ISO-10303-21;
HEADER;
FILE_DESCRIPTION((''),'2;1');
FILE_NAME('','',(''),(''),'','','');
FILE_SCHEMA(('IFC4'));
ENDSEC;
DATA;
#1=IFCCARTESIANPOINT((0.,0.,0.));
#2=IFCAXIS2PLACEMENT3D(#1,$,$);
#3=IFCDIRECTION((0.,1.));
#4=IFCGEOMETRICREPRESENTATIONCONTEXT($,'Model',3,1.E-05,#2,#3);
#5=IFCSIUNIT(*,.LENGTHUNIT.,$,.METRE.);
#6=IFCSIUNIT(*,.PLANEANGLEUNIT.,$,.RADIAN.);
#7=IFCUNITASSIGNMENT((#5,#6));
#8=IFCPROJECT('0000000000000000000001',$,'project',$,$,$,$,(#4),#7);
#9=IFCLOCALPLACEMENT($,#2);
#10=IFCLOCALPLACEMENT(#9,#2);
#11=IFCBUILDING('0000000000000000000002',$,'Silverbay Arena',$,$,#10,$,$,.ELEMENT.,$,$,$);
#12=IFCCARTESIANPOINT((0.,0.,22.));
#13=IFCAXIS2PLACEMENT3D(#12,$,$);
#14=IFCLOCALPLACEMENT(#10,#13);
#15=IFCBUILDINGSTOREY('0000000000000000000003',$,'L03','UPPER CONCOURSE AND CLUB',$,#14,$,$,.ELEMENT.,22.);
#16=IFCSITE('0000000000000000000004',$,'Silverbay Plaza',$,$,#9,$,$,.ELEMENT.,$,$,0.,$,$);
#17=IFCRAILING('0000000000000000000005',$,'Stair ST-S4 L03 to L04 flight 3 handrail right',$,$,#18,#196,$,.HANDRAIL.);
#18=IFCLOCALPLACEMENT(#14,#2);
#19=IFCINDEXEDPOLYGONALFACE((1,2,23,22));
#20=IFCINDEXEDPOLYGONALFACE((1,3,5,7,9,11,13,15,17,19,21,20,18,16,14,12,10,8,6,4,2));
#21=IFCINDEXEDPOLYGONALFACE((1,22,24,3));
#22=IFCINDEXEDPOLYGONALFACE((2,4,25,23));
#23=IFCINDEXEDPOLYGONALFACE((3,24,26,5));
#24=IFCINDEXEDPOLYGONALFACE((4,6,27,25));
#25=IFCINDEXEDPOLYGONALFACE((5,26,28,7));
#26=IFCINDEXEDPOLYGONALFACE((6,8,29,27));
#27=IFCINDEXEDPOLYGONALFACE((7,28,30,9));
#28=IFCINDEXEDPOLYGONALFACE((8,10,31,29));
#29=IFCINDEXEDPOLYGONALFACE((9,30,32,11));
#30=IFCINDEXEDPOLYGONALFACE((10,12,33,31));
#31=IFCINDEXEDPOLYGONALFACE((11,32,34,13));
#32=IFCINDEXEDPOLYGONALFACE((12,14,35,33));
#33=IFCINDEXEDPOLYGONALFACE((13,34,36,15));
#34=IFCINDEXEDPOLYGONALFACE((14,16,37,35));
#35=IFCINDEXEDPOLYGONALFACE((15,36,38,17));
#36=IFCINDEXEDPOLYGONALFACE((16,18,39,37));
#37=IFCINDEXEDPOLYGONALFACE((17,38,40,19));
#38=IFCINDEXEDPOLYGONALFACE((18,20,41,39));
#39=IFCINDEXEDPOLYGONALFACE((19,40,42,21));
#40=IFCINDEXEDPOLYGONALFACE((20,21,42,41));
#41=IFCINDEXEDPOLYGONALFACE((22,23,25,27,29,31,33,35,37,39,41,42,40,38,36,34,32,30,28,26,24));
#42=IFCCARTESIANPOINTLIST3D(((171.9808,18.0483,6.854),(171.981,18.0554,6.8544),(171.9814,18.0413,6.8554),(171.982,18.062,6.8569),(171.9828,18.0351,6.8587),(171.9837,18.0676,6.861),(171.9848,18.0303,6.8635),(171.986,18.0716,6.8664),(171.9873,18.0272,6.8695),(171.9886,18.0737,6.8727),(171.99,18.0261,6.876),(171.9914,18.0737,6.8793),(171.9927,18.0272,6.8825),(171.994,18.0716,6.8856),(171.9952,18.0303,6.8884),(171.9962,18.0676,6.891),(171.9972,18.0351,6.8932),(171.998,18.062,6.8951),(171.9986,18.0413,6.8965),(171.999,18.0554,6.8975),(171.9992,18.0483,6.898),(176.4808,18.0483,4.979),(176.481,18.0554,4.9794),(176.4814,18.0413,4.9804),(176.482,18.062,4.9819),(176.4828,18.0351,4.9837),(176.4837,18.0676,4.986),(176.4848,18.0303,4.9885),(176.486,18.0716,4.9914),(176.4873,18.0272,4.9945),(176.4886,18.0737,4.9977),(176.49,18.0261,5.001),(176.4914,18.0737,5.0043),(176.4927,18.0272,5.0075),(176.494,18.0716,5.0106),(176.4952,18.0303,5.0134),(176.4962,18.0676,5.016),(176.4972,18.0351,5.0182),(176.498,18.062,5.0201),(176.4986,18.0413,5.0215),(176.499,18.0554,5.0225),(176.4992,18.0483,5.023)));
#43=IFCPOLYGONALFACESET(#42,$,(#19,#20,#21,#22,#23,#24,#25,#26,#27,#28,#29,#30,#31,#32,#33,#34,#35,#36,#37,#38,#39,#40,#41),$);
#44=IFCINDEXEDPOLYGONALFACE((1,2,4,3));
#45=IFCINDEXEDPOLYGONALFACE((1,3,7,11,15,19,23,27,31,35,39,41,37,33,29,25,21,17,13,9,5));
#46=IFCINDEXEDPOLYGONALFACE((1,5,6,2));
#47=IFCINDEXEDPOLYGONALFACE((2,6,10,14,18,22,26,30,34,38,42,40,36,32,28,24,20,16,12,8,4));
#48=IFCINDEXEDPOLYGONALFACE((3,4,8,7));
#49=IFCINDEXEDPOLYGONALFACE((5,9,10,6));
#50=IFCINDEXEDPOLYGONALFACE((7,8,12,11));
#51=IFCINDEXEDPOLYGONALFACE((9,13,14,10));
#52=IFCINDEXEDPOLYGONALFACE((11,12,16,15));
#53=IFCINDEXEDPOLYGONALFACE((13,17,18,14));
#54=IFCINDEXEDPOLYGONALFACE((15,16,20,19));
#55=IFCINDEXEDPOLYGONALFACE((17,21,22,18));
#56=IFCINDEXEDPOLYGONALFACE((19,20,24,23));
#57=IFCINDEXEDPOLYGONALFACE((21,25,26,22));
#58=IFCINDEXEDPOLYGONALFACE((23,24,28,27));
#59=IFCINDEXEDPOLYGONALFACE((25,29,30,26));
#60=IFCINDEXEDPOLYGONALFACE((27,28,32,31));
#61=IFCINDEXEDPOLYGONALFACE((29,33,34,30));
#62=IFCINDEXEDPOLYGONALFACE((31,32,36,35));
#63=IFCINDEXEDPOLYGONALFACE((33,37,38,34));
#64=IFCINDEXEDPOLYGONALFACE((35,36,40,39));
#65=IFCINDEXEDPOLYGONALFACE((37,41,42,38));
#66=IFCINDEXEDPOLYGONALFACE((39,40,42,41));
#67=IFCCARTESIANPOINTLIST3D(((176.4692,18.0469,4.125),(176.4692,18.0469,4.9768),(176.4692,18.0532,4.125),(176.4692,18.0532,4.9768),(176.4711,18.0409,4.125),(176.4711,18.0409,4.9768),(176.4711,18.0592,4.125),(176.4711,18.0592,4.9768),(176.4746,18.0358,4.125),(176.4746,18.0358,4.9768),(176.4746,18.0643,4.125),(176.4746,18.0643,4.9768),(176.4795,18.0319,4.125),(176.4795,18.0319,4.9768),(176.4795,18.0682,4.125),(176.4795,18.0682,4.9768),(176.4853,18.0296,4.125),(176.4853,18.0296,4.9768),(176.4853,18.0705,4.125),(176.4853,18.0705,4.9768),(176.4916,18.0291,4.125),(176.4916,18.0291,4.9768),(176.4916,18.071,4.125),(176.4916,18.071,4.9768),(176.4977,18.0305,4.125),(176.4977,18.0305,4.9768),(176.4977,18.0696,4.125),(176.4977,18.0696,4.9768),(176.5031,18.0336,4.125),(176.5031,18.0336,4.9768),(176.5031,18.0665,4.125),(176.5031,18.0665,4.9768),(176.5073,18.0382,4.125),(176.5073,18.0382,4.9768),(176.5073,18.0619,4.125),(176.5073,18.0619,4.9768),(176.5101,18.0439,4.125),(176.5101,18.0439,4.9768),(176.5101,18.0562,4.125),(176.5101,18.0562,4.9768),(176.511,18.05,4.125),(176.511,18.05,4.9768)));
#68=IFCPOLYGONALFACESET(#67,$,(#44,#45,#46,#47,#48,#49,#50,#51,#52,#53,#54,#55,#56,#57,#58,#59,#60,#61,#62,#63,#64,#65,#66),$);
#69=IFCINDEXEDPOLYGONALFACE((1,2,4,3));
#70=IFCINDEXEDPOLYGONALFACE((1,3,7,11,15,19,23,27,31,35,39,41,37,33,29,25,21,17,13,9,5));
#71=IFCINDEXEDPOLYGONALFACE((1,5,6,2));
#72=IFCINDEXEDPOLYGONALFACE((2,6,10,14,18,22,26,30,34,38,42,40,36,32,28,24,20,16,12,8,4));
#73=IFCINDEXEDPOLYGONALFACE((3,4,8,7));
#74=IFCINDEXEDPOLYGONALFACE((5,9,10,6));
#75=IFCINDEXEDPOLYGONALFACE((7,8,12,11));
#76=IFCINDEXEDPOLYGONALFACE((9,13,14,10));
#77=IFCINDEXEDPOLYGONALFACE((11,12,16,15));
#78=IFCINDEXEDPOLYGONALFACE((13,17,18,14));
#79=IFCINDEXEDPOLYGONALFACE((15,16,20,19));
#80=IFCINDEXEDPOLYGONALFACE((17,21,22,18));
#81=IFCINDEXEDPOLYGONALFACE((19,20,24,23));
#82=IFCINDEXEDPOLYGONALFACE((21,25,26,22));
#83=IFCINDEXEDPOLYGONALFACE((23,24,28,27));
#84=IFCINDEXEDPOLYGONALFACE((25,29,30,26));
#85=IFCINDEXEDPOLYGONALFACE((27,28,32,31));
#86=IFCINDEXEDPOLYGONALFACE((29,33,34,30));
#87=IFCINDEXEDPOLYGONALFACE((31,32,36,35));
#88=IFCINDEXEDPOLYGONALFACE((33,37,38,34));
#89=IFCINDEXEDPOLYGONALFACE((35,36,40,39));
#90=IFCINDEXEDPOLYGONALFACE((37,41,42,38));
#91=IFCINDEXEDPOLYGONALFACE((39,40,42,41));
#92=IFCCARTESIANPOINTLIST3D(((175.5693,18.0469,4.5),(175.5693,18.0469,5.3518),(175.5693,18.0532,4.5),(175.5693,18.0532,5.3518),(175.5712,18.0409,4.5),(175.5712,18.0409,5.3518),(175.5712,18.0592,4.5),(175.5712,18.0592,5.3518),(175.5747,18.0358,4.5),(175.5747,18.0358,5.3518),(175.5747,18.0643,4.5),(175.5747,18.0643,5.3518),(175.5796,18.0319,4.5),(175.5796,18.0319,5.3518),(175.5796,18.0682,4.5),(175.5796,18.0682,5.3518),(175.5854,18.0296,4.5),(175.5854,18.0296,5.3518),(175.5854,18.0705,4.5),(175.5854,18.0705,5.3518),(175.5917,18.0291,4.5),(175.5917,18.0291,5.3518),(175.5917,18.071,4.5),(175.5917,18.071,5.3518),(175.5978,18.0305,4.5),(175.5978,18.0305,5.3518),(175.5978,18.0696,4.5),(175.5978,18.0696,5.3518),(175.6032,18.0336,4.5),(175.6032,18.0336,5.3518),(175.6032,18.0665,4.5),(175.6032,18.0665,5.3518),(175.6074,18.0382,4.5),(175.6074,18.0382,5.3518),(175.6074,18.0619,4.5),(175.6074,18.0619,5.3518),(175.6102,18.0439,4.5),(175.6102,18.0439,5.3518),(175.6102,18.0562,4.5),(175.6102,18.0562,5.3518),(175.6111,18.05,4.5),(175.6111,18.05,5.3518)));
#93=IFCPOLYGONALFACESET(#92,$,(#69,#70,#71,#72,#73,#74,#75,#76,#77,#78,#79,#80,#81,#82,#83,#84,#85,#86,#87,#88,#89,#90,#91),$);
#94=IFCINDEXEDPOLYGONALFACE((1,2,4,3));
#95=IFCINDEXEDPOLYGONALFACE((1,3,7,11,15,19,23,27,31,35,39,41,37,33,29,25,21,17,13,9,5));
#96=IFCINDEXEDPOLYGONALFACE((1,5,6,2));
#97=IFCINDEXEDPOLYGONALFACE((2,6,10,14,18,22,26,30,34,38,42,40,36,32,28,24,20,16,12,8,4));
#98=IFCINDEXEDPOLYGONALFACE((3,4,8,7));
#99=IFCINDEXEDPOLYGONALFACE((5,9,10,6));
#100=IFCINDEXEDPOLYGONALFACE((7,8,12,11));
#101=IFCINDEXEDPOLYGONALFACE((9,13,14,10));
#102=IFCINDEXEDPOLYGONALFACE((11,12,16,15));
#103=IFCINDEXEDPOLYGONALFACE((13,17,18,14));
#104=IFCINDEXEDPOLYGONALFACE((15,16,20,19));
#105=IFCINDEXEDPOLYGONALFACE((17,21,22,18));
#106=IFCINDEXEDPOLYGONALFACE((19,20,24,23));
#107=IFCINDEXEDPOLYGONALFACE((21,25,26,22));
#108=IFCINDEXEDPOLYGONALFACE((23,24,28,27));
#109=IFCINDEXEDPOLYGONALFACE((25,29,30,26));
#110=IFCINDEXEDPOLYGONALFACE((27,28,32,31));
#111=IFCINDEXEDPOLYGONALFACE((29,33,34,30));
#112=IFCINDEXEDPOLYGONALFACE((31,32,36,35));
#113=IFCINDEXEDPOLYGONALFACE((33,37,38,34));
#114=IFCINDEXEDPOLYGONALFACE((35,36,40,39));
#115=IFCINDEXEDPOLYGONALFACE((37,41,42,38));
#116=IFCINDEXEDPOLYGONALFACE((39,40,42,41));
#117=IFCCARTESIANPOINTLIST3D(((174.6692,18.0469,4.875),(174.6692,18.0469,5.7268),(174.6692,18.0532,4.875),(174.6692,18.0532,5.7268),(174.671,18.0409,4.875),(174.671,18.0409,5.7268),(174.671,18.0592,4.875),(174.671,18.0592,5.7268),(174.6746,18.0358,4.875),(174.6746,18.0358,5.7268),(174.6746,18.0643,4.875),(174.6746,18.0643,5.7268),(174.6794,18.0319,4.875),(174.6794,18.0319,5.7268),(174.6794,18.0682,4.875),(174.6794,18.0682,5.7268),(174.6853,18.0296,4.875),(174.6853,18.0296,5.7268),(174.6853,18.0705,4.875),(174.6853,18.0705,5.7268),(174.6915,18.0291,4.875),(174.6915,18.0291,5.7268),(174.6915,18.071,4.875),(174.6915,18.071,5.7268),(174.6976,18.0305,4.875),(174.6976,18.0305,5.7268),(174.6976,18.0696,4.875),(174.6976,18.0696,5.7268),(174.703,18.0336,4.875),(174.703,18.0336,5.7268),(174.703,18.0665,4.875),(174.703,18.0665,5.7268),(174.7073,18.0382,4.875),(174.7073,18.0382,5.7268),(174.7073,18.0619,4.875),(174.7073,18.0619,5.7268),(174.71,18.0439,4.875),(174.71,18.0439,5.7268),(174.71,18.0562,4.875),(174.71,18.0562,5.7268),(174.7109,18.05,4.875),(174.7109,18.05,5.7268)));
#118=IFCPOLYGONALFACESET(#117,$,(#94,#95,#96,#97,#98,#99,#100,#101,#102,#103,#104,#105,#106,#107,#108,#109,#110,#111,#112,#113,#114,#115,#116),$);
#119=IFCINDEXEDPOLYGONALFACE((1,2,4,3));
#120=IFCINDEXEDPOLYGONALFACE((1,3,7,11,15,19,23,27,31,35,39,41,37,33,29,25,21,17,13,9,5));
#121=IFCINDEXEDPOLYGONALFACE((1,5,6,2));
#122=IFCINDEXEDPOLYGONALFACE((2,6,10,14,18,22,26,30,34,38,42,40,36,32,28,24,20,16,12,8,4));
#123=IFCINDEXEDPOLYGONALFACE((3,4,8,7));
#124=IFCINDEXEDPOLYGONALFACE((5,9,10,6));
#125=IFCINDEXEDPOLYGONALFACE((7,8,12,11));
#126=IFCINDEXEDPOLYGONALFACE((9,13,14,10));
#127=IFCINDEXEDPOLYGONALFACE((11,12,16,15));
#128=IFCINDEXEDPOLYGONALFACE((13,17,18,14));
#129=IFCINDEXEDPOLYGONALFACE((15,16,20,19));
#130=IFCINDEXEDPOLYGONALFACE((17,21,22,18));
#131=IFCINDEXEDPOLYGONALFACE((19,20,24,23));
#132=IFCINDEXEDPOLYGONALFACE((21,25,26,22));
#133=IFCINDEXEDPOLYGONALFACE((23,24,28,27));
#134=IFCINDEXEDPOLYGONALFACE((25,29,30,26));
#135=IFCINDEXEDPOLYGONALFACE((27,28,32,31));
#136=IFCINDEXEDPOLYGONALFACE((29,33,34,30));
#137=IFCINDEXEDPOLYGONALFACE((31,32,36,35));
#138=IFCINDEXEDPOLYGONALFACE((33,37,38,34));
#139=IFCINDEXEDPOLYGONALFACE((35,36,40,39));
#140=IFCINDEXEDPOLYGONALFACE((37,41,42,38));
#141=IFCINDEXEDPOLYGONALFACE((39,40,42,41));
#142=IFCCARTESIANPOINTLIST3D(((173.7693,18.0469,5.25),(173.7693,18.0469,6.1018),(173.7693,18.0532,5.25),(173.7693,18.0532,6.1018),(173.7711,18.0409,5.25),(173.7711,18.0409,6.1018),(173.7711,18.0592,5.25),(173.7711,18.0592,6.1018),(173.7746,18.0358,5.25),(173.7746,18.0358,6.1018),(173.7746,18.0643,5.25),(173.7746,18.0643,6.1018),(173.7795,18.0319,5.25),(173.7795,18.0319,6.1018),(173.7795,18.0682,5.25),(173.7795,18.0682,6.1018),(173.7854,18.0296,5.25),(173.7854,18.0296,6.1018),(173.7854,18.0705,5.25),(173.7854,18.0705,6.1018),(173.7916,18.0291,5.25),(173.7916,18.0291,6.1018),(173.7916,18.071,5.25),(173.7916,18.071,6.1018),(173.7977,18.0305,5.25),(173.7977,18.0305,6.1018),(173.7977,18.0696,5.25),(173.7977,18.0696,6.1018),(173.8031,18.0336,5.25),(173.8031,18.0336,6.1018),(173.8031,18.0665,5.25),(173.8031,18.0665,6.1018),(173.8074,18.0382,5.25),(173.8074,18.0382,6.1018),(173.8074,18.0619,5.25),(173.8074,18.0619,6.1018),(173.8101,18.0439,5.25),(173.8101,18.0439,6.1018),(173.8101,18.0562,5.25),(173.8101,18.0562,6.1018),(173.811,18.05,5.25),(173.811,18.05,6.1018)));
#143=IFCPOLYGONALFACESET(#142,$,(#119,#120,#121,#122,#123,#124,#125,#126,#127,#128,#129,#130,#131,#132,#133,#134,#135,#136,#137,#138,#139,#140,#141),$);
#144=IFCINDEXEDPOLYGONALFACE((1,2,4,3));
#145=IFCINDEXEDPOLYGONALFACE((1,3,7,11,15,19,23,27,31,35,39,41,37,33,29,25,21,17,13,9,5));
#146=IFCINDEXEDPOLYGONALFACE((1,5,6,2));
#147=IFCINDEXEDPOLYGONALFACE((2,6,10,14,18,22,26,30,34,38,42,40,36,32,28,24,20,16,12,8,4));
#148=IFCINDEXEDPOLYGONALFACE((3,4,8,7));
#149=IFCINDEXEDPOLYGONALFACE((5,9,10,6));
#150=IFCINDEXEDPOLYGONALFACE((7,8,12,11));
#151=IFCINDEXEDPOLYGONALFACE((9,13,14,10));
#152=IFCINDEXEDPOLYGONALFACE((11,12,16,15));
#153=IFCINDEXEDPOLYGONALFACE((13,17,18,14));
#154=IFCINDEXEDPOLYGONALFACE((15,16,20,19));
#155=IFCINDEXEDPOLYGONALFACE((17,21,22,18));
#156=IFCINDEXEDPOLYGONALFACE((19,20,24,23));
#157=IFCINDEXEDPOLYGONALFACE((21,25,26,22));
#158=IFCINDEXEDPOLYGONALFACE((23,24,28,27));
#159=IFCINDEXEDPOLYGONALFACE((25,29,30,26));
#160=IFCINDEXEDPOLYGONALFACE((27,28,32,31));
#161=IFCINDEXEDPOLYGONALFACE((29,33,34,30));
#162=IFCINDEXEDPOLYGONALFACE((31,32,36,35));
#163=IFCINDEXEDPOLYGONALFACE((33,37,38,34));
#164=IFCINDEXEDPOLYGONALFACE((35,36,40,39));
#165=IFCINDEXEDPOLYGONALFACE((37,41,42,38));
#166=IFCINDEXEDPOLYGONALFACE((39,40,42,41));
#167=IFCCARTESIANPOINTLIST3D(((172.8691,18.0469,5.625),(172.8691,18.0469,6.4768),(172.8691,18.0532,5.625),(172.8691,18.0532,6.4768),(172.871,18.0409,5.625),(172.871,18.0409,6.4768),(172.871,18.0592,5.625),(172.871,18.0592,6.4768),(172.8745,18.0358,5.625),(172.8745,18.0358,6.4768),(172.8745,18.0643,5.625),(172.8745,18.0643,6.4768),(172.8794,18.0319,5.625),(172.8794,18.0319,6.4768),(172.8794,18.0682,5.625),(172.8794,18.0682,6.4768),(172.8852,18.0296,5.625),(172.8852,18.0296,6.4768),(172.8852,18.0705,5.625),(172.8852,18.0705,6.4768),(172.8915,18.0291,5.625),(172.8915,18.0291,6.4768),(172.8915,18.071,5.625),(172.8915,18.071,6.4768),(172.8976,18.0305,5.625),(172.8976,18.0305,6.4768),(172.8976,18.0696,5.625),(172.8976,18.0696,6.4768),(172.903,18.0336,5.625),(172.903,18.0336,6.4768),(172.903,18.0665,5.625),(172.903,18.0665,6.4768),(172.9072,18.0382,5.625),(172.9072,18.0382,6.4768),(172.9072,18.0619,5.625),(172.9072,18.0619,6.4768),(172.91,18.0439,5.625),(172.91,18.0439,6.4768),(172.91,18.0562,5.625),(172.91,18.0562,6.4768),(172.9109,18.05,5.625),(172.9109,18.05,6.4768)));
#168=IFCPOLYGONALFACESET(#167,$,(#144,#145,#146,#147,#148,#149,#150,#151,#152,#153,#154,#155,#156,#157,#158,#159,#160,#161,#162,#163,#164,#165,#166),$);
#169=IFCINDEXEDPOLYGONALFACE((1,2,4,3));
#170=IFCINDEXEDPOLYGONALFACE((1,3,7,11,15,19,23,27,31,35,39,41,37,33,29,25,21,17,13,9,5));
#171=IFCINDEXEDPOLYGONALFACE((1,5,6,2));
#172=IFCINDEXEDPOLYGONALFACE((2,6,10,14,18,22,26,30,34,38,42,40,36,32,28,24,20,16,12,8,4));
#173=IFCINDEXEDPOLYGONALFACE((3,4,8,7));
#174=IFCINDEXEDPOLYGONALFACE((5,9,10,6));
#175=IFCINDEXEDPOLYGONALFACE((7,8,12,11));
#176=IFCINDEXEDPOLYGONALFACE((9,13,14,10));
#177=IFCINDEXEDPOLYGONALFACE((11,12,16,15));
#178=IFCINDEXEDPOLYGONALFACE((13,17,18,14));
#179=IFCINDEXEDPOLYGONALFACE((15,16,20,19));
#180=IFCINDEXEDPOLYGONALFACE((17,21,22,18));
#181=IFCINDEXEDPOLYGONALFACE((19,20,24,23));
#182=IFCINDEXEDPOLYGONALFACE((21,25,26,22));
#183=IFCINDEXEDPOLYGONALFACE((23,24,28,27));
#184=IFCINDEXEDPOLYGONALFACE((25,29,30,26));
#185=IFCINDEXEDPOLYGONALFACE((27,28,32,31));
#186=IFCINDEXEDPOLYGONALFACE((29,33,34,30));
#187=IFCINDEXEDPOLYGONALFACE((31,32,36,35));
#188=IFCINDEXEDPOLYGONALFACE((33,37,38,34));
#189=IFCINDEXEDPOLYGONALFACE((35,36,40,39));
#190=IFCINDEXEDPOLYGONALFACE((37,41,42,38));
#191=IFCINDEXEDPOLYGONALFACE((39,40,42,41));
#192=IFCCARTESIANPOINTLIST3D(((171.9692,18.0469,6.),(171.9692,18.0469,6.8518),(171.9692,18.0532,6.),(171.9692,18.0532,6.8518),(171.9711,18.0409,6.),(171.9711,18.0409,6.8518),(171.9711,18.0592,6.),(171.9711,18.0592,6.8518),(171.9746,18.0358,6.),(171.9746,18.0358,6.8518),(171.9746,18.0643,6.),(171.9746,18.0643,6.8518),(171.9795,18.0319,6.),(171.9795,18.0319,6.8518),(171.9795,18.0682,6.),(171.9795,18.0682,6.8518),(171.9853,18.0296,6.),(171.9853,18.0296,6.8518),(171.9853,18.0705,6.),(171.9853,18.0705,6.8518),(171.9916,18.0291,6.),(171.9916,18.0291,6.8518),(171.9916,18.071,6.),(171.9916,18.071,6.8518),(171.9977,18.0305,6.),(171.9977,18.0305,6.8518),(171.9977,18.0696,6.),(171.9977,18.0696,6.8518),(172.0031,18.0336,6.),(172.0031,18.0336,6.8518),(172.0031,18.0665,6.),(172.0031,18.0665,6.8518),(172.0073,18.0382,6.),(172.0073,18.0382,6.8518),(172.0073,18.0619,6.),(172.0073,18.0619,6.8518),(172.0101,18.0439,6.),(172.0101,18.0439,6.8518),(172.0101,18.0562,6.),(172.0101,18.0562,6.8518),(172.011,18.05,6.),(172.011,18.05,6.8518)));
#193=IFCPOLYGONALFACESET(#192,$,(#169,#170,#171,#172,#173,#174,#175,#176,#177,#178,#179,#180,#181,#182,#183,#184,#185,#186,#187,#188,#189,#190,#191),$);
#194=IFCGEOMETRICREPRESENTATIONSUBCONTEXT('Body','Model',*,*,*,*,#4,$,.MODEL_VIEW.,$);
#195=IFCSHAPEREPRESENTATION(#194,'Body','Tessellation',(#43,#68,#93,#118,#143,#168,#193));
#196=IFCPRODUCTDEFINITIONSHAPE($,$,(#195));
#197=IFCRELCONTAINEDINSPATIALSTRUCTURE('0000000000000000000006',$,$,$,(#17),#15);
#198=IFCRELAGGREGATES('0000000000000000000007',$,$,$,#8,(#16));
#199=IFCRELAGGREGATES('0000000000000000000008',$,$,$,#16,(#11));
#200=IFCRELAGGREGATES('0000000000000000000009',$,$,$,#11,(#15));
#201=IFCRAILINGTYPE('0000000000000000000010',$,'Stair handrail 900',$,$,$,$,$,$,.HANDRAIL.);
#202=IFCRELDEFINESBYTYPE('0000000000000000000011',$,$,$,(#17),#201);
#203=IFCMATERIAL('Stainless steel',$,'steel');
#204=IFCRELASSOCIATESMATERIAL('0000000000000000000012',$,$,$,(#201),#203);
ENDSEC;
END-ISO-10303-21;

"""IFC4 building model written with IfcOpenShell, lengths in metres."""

from ifc_helpers import new_model, si_unit, direction, frame, origin, origin_2d, place, context, subcontext, project, spatial, circle, extrude, material, type_object, element, save


model = new_model("IFC4")

# Units and contexts
model_context = context("Model", 3, precision=1e-05, world=origin(), true_north=direction((0.0, 1.0)))
body_context = subcontext(model_context, "Body", "Model", "MODEL_VIEW")
ifc_project = project(units=[si_unit("LENGTHUNIT", "METRE"), si_unit("PLANEANGLEUNIT", "RADIAN")], contexts=[model_context])

# Site, building, storey
site_placement = place(None, origin())
site = spatial("IfcSite", under=ifc_project, at=site_placement, Name="Silverbay Plaza", CompositionType="ELEMENT", RefElevation=0.0)
building_placement = place(site_placement, origin())
building = spatial("IfcBuilding", under=site, at=building_placement, Name="Silverbay Arena", CompositionType="ELEMENT")
storey_placement = place(building_placement, frame((0.0, 0.0, 22.0)))
storey = spatial("IfcBuildingStorey", under=building, at=storey_placement, Name="L03", Description="UPPER CONCOURSE AND CLUB", CompositionType="ELEMENT", Elevation=22.0)

# Railing
ifc_material_1 = material(Name="Stainless steel", Category="steel")
railing_type_1 = type_object("IfcRailingType", Name="Stair handrail 900", PredefinedType="HANDRAIL", material=ifc_material_1)
for number, where, name in (
    (1, (176.49, 18.05, 4.125), "Stair ST-S4 L03 to L04 flight 3 handrail right"),
):
    element("IfcRailing", number, at=place(storey_placement, frame(where)), inside=storey, type_object=railing_type_1, Name=name, PredefinedType="HANDRAIL", context=body_context, shape_type="SweptSolid", body=[
        extrude(circle(Radius=0.0239, at=origin_2d()), frame((0.0, 0.0, 0.876), z_axis=(-0.923077, 0.0, 0.384615), x_axis=(0.0, -1.0, 0.0)), (0.0, 0.0, 1.0), 4.875),
        extrude(circle(Radius=0.021, at=origin_2d()), origin(), (0.0, 0.0, 1.0), 0.8518),
        extrude(circle(Radius=0.021, at=origin_2d()), frame((-0.8999, 0.0, 0.375)), (0.0, 0.0, 1.0), 0.8518),
        extrude(circle(Radius=0.021, at=origin_2d()), frame((-1.8, 0.0, 0.75)), (0.0, 0.0, 1.0), 0.8518),
        extrude(circle(Radius=0.021, at=origin_2d()), frame((-2.7, 0.0, 1.125)), (0.0, 0.0, 1.0), 0.8518),
        extrude(circle(Radius=0.021, at=origin_2d()), frame((-3.6001, 0.0, 1.5)), (0.0, 0.0, 1.0), 0.8518),
        extrude(circle(Radius=0.021, at=origin_2d()), frame((-4.5, 0.0, 1.875)), (0.0, 0.0, 1.0), 0.8518),
    ])

save(model, "model.ifc")
